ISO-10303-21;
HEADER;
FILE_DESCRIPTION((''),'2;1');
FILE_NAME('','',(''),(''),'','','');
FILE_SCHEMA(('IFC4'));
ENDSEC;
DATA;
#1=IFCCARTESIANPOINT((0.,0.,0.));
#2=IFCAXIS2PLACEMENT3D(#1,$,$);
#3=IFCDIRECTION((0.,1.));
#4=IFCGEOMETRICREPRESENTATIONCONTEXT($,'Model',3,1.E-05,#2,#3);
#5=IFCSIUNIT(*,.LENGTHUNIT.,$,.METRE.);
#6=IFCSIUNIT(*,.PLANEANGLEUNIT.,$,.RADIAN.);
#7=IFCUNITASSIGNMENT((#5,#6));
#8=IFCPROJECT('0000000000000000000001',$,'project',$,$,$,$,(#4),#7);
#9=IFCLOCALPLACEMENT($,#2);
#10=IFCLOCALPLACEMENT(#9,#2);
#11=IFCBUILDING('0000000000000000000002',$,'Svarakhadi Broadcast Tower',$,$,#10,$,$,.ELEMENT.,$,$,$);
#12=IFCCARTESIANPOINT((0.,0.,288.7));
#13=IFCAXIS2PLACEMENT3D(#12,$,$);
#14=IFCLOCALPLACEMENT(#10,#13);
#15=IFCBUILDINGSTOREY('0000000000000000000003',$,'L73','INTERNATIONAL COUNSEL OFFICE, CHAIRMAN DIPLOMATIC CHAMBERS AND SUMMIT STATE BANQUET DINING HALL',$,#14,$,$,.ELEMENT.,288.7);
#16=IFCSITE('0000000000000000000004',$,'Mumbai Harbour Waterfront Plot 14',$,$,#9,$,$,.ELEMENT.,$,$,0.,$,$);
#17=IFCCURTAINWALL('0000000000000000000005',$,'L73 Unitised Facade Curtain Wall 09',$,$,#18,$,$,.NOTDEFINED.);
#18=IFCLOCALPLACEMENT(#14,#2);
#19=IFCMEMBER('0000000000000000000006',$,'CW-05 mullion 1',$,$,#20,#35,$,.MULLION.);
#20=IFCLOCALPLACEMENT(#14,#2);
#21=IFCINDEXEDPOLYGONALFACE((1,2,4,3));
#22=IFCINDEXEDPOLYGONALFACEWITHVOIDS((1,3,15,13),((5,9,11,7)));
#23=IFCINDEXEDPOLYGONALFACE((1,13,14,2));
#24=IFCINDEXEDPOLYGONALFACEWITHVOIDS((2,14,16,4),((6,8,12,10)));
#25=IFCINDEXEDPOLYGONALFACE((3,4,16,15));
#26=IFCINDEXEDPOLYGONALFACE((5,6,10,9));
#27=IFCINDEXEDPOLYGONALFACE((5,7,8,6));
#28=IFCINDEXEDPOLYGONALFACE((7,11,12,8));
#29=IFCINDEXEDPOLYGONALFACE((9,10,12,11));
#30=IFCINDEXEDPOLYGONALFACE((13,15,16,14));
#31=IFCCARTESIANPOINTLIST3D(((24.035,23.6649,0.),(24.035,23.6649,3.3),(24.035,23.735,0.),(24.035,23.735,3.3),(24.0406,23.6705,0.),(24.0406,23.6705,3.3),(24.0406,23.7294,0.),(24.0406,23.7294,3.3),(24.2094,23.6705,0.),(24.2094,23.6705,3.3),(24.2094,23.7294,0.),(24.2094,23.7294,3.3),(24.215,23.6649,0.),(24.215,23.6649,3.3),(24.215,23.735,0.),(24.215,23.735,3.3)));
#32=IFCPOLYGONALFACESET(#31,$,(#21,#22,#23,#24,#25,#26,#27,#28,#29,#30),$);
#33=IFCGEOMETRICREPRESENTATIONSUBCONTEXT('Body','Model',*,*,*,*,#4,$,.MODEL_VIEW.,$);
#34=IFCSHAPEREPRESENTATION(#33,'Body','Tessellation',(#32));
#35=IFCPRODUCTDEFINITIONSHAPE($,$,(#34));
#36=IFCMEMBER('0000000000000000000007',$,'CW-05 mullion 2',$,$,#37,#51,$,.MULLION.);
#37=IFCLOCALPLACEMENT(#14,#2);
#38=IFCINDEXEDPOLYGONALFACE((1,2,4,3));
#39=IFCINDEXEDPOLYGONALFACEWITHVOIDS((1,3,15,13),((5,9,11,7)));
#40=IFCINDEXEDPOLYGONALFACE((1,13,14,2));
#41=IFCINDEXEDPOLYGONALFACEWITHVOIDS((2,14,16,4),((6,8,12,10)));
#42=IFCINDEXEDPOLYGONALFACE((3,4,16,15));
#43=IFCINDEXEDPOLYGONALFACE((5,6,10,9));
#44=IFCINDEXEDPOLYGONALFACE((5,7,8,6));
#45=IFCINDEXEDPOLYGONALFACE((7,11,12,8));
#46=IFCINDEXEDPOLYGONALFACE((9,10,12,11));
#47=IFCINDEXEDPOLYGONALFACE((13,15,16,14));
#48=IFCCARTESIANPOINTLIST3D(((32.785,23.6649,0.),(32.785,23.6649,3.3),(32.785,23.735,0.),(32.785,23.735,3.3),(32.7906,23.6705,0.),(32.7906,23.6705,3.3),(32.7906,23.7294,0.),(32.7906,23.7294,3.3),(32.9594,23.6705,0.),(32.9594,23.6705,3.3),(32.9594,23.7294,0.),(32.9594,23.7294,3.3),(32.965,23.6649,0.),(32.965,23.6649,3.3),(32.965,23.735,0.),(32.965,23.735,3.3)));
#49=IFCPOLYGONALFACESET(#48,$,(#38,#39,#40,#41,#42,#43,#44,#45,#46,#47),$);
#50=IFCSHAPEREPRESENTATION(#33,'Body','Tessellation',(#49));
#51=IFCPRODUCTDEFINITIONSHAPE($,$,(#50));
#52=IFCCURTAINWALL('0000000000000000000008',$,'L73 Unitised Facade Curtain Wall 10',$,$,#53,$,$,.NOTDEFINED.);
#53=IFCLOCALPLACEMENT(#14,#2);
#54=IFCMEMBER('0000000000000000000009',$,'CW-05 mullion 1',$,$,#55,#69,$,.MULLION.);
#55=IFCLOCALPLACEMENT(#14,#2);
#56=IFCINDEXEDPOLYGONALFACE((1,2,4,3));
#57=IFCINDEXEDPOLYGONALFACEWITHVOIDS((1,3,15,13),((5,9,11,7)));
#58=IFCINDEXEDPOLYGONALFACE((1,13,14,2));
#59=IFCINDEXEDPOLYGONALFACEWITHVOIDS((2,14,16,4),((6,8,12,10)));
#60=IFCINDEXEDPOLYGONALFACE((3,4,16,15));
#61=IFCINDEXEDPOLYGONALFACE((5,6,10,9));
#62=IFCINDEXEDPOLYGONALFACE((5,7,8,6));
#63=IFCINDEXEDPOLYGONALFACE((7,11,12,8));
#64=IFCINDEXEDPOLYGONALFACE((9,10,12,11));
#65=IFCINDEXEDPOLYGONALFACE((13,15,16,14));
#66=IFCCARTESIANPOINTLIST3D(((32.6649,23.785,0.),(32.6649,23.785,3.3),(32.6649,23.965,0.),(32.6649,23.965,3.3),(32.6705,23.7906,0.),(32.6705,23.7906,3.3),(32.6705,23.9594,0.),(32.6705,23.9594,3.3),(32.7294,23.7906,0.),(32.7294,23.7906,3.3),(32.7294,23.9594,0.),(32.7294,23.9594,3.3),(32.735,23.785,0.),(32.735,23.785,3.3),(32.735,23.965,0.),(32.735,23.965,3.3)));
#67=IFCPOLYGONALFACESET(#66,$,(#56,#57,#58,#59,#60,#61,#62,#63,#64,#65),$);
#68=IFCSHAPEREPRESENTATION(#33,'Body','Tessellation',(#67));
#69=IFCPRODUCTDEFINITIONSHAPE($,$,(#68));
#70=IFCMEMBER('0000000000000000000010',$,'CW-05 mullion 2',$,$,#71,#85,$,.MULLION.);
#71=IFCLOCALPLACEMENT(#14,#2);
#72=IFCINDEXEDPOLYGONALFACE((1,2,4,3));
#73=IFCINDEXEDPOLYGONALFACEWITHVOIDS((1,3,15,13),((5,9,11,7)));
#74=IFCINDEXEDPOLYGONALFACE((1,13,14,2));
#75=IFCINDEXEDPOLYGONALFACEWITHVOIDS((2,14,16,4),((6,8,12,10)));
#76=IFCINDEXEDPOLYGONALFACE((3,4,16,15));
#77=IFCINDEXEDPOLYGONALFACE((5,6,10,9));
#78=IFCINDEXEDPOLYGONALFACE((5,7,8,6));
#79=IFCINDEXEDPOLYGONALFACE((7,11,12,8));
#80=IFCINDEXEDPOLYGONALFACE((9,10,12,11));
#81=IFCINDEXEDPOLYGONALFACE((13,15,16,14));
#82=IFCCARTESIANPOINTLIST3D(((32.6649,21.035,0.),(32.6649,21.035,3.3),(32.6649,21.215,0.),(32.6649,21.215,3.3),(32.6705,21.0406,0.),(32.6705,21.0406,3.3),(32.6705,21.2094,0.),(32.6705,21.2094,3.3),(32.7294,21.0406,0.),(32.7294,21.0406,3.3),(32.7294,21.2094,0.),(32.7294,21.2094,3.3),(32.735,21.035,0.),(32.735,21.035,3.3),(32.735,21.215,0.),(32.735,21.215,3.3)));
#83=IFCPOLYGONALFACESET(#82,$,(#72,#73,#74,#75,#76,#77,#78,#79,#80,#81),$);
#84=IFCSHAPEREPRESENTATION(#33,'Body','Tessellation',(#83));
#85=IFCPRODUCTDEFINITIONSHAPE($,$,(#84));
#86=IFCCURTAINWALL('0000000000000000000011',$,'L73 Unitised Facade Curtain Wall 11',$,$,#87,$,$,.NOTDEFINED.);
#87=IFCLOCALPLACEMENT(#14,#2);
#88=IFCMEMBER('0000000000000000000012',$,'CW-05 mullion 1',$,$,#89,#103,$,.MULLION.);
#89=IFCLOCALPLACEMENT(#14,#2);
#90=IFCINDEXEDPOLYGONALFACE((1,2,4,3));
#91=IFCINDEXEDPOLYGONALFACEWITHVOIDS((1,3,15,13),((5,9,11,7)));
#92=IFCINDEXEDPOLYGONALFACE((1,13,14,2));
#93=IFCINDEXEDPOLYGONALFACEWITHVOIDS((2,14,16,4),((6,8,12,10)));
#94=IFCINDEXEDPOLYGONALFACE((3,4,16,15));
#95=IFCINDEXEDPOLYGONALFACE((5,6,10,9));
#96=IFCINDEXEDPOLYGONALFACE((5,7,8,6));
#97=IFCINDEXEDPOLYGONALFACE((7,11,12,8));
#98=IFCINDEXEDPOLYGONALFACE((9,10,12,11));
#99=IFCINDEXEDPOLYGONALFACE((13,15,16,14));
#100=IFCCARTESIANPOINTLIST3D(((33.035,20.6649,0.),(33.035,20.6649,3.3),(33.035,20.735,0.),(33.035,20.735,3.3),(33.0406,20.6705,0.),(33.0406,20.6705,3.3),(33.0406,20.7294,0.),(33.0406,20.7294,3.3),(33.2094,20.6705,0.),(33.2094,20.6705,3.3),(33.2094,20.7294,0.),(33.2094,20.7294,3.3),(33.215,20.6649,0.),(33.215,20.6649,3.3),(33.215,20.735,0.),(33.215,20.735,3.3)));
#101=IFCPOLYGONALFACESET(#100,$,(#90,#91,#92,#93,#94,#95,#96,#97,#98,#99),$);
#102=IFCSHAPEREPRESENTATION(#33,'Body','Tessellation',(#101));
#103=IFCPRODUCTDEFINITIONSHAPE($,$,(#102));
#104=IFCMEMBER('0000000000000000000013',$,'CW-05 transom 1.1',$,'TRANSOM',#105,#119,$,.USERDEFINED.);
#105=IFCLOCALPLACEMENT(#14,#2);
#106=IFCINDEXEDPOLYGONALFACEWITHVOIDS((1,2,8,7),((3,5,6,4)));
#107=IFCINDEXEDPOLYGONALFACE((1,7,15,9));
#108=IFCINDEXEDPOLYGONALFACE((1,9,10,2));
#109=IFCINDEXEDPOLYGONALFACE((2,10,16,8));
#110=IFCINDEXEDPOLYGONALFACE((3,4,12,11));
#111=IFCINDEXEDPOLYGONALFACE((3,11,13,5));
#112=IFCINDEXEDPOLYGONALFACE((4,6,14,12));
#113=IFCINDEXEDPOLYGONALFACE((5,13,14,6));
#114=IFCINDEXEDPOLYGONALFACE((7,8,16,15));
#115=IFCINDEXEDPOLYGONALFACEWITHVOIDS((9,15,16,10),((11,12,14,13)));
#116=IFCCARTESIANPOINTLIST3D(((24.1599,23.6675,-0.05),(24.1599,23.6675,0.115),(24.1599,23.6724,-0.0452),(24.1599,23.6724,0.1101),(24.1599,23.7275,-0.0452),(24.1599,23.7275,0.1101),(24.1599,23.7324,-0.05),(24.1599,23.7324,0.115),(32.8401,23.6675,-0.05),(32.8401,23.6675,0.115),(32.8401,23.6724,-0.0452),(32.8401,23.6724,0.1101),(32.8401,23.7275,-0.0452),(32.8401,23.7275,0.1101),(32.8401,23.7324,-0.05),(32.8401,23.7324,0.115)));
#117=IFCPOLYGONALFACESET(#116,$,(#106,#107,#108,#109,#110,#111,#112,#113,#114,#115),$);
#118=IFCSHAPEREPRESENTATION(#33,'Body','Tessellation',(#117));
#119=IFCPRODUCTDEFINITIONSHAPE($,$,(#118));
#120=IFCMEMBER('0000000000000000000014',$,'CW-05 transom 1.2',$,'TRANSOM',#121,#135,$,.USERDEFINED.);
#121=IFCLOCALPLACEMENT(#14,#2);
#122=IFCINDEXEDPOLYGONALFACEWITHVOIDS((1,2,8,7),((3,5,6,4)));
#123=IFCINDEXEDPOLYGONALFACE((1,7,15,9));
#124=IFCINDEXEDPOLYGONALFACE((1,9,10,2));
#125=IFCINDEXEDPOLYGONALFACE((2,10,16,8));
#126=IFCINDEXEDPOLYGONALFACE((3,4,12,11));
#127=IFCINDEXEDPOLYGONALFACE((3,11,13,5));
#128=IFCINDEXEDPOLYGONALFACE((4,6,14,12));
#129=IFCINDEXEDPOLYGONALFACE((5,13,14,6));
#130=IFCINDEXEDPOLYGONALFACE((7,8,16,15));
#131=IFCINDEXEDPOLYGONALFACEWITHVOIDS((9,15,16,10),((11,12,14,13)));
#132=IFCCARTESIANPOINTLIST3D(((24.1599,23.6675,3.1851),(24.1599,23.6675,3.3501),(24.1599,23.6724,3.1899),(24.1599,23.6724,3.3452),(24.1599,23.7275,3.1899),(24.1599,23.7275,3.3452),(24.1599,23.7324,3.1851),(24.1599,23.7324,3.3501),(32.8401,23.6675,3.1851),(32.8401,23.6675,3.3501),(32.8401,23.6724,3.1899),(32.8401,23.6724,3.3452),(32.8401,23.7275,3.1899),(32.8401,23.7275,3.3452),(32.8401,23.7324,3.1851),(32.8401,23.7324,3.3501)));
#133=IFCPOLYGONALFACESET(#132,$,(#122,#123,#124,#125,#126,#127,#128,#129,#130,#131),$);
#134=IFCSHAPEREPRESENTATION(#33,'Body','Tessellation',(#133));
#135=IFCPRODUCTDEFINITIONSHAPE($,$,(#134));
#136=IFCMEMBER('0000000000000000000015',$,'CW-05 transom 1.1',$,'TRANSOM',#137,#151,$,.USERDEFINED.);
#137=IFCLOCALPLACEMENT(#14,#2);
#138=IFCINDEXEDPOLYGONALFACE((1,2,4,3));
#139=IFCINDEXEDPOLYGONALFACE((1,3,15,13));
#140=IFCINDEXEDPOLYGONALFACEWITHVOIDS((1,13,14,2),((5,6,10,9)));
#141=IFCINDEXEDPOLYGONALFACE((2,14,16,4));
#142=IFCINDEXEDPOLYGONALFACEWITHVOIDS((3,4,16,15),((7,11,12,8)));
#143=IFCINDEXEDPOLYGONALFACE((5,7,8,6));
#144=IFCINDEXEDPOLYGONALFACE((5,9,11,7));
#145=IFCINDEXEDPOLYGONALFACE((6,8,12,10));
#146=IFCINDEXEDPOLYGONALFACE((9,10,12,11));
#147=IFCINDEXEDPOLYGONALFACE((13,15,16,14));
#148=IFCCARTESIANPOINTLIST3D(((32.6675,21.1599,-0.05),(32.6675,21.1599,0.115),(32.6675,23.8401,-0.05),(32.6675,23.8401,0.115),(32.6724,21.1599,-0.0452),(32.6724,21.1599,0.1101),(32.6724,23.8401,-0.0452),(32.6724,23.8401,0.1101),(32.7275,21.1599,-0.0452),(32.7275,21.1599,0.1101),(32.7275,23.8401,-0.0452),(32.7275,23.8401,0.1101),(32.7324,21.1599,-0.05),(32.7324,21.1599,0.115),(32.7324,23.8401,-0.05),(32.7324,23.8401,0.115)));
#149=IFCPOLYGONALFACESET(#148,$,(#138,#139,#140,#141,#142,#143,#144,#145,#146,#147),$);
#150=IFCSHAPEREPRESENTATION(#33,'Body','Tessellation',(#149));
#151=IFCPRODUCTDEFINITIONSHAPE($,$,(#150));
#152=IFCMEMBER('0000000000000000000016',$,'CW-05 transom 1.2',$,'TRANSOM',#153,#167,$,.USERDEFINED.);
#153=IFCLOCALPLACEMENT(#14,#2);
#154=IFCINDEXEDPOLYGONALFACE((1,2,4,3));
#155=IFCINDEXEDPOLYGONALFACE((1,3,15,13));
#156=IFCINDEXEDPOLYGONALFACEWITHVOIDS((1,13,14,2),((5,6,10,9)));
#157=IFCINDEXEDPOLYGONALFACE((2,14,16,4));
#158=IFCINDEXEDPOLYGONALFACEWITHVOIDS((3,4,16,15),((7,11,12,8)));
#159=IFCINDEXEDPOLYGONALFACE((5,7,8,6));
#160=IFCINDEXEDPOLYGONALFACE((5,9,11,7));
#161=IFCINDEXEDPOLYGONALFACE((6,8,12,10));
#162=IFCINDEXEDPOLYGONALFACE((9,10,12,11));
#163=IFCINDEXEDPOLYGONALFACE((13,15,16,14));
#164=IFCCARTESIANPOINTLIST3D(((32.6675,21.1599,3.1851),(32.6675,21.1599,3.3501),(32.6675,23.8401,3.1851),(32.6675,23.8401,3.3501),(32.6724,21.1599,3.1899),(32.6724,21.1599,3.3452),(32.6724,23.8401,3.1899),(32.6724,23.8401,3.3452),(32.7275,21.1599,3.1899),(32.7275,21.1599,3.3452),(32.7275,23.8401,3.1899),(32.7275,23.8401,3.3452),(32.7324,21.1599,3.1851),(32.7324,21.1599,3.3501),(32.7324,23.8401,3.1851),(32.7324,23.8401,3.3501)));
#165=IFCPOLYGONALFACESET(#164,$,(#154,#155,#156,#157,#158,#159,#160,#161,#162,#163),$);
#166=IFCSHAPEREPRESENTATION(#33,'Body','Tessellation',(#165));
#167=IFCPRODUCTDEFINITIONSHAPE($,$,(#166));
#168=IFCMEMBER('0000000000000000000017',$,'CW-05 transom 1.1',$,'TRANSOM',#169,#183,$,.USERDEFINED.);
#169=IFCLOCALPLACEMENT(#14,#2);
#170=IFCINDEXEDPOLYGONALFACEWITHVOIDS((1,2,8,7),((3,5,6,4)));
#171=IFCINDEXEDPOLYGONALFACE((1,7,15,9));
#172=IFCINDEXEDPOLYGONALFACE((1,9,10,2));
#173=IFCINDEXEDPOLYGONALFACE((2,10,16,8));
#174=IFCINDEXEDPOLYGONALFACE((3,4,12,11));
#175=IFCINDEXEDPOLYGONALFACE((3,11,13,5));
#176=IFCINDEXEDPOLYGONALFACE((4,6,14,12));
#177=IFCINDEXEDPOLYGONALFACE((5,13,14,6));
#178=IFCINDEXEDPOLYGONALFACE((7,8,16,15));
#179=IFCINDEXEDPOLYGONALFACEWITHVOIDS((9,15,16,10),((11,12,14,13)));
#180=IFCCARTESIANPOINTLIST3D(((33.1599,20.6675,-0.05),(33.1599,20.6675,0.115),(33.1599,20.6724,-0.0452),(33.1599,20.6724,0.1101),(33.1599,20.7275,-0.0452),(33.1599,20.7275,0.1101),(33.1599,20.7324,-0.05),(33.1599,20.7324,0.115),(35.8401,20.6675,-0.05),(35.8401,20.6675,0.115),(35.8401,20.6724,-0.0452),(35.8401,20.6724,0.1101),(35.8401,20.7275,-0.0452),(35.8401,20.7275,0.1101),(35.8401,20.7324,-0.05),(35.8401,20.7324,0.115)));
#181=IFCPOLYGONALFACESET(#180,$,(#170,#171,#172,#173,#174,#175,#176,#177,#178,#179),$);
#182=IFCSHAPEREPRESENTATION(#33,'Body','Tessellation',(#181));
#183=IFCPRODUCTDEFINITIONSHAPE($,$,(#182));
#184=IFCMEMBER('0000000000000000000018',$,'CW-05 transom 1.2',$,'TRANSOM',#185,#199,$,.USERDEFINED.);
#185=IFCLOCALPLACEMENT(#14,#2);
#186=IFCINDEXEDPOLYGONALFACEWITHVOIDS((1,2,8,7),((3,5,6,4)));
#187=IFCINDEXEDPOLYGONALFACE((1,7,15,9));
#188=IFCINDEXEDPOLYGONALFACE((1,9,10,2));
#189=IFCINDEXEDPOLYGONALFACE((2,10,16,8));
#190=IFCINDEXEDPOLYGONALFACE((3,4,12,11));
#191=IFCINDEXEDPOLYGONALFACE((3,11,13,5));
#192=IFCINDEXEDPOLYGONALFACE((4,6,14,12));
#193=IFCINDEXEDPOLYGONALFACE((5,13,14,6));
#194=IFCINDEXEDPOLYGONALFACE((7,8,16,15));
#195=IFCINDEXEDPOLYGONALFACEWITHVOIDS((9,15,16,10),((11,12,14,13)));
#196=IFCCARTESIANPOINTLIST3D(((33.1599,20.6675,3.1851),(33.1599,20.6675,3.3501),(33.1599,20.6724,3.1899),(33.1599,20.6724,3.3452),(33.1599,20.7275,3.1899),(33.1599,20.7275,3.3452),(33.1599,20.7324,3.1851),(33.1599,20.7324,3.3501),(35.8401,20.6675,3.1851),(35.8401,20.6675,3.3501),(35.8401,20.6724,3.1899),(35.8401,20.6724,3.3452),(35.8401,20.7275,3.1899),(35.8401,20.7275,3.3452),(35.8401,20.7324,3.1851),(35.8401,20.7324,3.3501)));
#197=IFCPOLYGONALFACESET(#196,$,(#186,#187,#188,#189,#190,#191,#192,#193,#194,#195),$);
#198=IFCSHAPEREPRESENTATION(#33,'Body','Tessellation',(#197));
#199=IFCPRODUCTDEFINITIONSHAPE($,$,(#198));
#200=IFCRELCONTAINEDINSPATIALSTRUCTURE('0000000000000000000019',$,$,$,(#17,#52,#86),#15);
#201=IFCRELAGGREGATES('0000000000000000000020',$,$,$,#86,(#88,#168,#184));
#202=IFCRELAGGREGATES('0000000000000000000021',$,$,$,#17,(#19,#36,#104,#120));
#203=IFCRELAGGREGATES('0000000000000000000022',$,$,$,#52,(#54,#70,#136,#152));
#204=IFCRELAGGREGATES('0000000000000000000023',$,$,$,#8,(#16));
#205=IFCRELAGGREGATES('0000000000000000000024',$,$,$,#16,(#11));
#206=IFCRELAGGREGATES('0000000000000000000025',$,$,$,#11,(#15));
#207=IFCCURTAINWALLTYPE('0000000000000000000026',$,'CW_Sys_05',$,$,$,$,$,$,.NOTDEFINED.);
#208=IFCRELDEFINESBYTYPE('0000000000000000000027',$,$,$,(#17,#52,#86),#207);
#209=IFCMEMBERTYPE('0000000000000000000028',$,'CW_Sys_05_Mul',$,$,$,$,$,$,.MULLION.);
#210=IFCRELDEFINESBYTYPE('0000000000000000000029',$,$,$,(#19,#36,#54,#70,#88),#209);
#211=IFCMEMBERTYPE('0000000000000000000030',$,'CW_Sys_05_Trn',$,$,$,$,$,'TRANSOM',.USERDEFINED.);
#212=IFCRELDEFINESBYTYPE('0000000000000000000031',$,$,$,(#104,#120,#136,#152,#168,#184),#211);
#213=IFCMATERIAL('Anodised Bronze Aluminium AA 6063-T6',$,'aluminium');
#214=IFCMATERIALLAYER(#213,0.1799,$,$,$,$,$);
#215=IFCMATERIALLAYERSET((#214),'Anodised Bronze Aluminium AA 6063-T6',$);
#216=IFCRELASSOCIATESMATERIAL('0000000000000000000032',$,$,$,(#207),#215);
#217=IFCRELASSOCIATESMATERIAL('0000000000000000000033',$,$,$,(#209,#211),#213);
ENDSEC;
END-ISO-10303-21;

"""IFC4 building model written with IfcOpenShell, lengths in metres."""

from ifc_helpers import new_model, si_unit, direction, frame, origin, origin_2d, place, context, subcontext, project, spatial, hollow_rectangle, extrude, material, layer, layer_set, material_profile, profile_set, type_object, element, aggregate, save


model = new_model("IFC4")

# Units and contexts
model_context = context("Model", 3, precision=1e-05, world=origin(), true_north=direction((0.0, 1.0)))
body_context = subcontext(model_context, "Body", "Model", "MODEL_VIEW")
ifc_project = project(units=[si_unit("LENGTHUNIT", "METRE"), si_unit("PLANEANGLEUNIT", "RADIAN")], contexts=[model_context])

# Site, building, storey
site_placement = place(None, origin())
site = spatial("IfcSite", under=ifc_project, at=site_placement, Name="Mumbai Harbour Waterfront Plot 14", CompositionType="ELEMENT", RefElevation=0.0)
building_placement = place(site_placement, origin())
building = spatial("IfcBuilding", under=site, at=building_placement, Name="Svarakhadi Broadcast Tower", CompositionType="ELEMENT")
storey_placement = place(building_placement, frame((0.0, 0.0, 288.7)))
storey = spatial("IfcBuildingStorey", under=building, at=storey_placement, Name="L73", Description="INTERNATIONAL COUNSEL OFFICE, CHAIRMAN DIPLOMATIC CHAMBERS AND SUMMIT STATE BANQUET DINING HALL", CompositionType="ELEMENT", Elevation=288.7)

# Curtain walls, members
ifc_material_1 = material(Name="Anodised Bronze Aluminium AA 6063-T6", Category="aluminium")
ifc_layer_1 = layer(ifc_material_1, 0.1799)
ifc_layer_set_1 = layer_set([ifc_layer_1], Name="Anodised Bronze Aluminium AA 6063-T6")
curtain_wall_type = type_object("IfcCurtainWallType", Name="CW_Sys_05", PredefinedType="NOTDEFINED", material=ifc_layer_set_1)
curtain_wall_1_placement = place(storey_placement, origin())
curtain_wall_1 = element("IfcCurtainWall", 1, at=curtain_wall_1_placement, inside=storey, type_object=curtain_wall_type, Name="L73 Unitised Facade Curtain Wall 09", PredefinedType="NOTDEFINED")
ifc_material_profile_1 = material_profile(ifc_material_1, hollow_rectangle(XDim=0.0701, YDim=0.1799, WallThickness=0.0056, at=origin_2d()), Name="ALU MULLION 180x70x6")
ifc_profile_set_1 = profile_set([ifc_material_profile_1], Name="Anodised Bronze Aluminium AA 6063-T6")
member_type_1 = type_object("IfcMemberType", Name="CW_Sys_05_Mul", PredefinedType="MULLION", material=ifc_profile_set_1)
member_1_placement = place(storey_placement, frame((24.125, 23.7, 0.0), z_axis=(0.0, 0.0, 1.0), x_axis=(0.0, 1.0, 0.0)))
member_1 = element("IfcMember", 2, at=member_1_placement, type_object=member_type_1, Name="CW-05 mullion 1", PredefinedType="MULLION", context=body_context, shape_type="SweptSolid", body=[
    extrude(hollow_rectangle(XDim=0.0701, YDim=0.1799, WallThickness=0.0056, at=origin_2d()), origin(), (0.0, 0.0, 1.0), 3.3),
])
member_2_placement = place(storey_placement, frame((32.875, 23.7, 0.0), z_axis=(0.0, 0.0, 1.0), x_axis=(0.0, 1.0, 0.0)))
member_2 = element("IfcMember", 3, at=member_2_placement, type_object=member_type_1, Name="CW-05 mullion 2", PredefinedType="MULLION", context=body_context, shape_type="SweptSolid", body=[
    extrude(hollow_rectangle(XDim=0.0701, YDim=0.1799, WallThickness=0.0056, at=origin_2d()), origin(), (0.0, 0.0, 1.0), 3.3),
])
curtain_wall_2_placement = place(storey_placement, origin())
curtain_wall_2 = element("IfcCurtainWall", 4, at=curtain_wall_2_placement, inside=storey, type_object=curtain_wall_type, Name="L73 Unitised Facade Curtain Wall 10", PredefinedType="NOTDEFINED")
member_3_placement = place(storey_placement, frame((32.7, 23.875, 0.0), z_axis=(0.0, 0.0, 1.0), x_axis=(1.0, 0.0, 0.0)))
member_3 = element("IfcMember", 5, at=member_3_placement, type_object=member_type_1, Name="CW-05 mullion 1", PredefinedType="MULLION", context=body_context, shape_type="SweptSolid", body=[
    extrude(hollow_rectangle(XDim=0.0701, YDim=0.1799, WallThickness=0.0056, at=origin_2d()), origin(), (0.0, 0.0, 1.0), 3.3),
])
member_4_placement = place(storey_placement, frame((32.7, 21.125, 0.0), z_axis=(0.0, 0.0, 1.0), x_axis=(1.0, 0.0, 0.0)))
member_4 = element("IfcMember", 6, at=member_4_placement, type_object=member_type_1, Name="CW-05 mullion 2", PredefinedType="MULLION", context=body_context, shape_type="SweptSolid", body=[
    extrude(hollow_rectangle(XDim=0.0701, YDim=0.1799, WallThickness=0.0056, at=origin_2d()), origin(), (0.0, 0.0, 1.0), 3.3),
])

# Curtain wall, member
curtain_wall_3_placement = place(storey_placement, origin())
curtain_wall_3 = element("IfcCurtainWall", 7, at=curtain_wall_3_placement, inside=storey, type_object=curtain_wall_type, Name="L73 Unitised Facade Curtain Wall 11", PredefinedType="NOTDEFINED")
member_5_placement = place(storey_placement, frame((33.125, 20.7, 0.0), z_axis=(0.0, 0.0, 1.0), x_axis=(0.0, 1.0, 0.0)))
member_5 = element("IfcMember", 8, at=member_5_placement, type_object=member_type_1, Name="CW-05 mullion 1", PredefinedType="MULLION", context=body_context, shape_type="SweptSolid", body=[
    extrude(hollow_rectangle(XDim=0.0701, YDim=0.1799, WallThickness=0.0056, at=origin_2d()), origin(), (0.0, 0.0, 1.0), 3.3),
])

# Members
ifc_material_profile_2 = material_profile(ifc_material_1, hollow_rectangle(XDim=0.0649, YDim=0.165, WallThickness=0.0049, at=origin_2d()), Name="ALU TRANSOM 165x65x5")
ifc_profile_set_2 = profile_set([ifc_material_profile_2], Name="Anodised Bronze Aluminium AA 6063-T6")
member_type_2 = type_object("IfcMemberType", Name="CW_Sys_05_Trn", ElementType="TRANSOM", PredefinedType="USERDEFINED", material=ifc_profile_set_2)
member_6_placement = place(storey_placement, frame((24.1599, 23.7, 0.0325), z_axis=(1.0, 0.0, 0.0), x_axis=(0.0, 1.0, 0.0)))
member_6 = element("IfcMember", 9, at=member_6_placement, type_object=member_type_2, Name="CW-05 transom 1.1", ObjectType="TRANSOM", PredefinedType="USERDEFINED", context=body_context, shape_type="SweptSolid", body=[
    extrude(hollow_rectangle(XDim=0.0649, YDim=0.165, WallThickness=0.0049, at=origin_2d()), origin(), (0.0, 0.0, 1.0), 8.6802),
])
member_7_placement = place(storey_placement, frame((24.1599, 23.7, 3.2676), z_axis=(1.0, 0.0, 0.0), x_axis=(0.0, 1.0, 0.0)))
member_7 = element("IfcMember", 10, at=member_7_placement, type_object=member_type_2, Name="CW-05 transom 1.2", ObjectType="TRANSOM", PredefinedType="USERDEFINED", context=body_context, shape_type="SweptSolid", body=[
    extrude(hollow_rectangle(XDim=0.0649, YDim=0.165, WallThickness=0.0049, at=origin_2d()), origin(), (0.0, 0.0, 1.0), 8.6802),
])
member_8_placement = place(storey_placement, frame((32.7, 23.8401, 0.0325), z_axis=(0.0, -1.0, 0.0), x_axis=(1.0, 0.0, 0.0)))
member_8 = element("IfcMember", 11, at=member_8_placement, type_object=member_type_2, Name="CW-05 transom 1.1", ObjectType="TRANSOM", PredefinedType="USERDEFINED", context=body_context, shape_type="SweptSolid", body=[
    extrude(hollow_rectangle(XDim=0.0649, YDim=0.165, WallThickness=0.0049, at=origin_2d()), origin(), (0.0, 0.0, 1.0), 2.6802),
])
member_9_placement = place(storey_placement, frame((32.7, 23.8401, 3.2676), z_axis=(0.0, -1.0, 0.0), x_axis=(1.0, 0.0, 0.0)))
member_9 = element("IfcMember", 12, at=member_9_placement, type_object=member_type_2, Name="CW-05 transom 1.2", ObjectType="TRANSOM", PredefinedType="USERDEFINED", context=body_context, shape_type="SweptSolid", body=[
    extrude(hollow_rectangle(XDim=0.0649, YDim=0.165, WallThickness=0.0049, at=origin_2d()), origin(), (0.0, 0.0, 1.0), 2.6802),
])
member_10_placement = place(storey_placement, frame((33.1599, 20.7, 0.0325), z_axis=(1.0, 0.0, 0.0), x_axis=(0.0, 1.0, 0.0)))
member_10 = element("IfcMember", 13, at=member_10_placement, type_object=member_type_2, Name="CW-05 transom 1.1", ObjectType="TRANSOM", PredefinedType="USERDEFINED", context=body_context, shape_type="SweptSolid", body=[
    extrude(hollow_rectangle(XDim=0.0649, YDim=0.165, WallThickness=0.0049, at=origin_2d()), origin(), (0.0, 0.0, 1.0), 2.6802),
])
member_11_placement = place(storey_placement, frame((33.1599, 20.7, 3.2676), z_axis=(1.0, 0.0, 0.0), x_axis=(0.0, 1.0, 0.0)))
member_11 = element("IfcMember", 14, at=member_11_placement, type_object=member_type_2, Name="CW-05 transom 1.2", ObjectType="TRANSOM", PredefinedType="USERDEFINED", context=body_context, shape_type="SweptSolid", body=[
    extrude(hollow_rectangle(XDim=0.0649, YDim=0.165, WallThickness=0.0049, at=origin_2d()), origin(), (0.0, 0.0, 1.0), 2.6802),
])
aggregate(curtain_wall_3, [member_5, member_10, member_11])

aggregate(curtain_wall_1, [member_1, member_2, member_6, member_7])
aggregate(curtain_wall_2, [member_3, member_4, member_8, member_9])

save(model, "model.ifc")
